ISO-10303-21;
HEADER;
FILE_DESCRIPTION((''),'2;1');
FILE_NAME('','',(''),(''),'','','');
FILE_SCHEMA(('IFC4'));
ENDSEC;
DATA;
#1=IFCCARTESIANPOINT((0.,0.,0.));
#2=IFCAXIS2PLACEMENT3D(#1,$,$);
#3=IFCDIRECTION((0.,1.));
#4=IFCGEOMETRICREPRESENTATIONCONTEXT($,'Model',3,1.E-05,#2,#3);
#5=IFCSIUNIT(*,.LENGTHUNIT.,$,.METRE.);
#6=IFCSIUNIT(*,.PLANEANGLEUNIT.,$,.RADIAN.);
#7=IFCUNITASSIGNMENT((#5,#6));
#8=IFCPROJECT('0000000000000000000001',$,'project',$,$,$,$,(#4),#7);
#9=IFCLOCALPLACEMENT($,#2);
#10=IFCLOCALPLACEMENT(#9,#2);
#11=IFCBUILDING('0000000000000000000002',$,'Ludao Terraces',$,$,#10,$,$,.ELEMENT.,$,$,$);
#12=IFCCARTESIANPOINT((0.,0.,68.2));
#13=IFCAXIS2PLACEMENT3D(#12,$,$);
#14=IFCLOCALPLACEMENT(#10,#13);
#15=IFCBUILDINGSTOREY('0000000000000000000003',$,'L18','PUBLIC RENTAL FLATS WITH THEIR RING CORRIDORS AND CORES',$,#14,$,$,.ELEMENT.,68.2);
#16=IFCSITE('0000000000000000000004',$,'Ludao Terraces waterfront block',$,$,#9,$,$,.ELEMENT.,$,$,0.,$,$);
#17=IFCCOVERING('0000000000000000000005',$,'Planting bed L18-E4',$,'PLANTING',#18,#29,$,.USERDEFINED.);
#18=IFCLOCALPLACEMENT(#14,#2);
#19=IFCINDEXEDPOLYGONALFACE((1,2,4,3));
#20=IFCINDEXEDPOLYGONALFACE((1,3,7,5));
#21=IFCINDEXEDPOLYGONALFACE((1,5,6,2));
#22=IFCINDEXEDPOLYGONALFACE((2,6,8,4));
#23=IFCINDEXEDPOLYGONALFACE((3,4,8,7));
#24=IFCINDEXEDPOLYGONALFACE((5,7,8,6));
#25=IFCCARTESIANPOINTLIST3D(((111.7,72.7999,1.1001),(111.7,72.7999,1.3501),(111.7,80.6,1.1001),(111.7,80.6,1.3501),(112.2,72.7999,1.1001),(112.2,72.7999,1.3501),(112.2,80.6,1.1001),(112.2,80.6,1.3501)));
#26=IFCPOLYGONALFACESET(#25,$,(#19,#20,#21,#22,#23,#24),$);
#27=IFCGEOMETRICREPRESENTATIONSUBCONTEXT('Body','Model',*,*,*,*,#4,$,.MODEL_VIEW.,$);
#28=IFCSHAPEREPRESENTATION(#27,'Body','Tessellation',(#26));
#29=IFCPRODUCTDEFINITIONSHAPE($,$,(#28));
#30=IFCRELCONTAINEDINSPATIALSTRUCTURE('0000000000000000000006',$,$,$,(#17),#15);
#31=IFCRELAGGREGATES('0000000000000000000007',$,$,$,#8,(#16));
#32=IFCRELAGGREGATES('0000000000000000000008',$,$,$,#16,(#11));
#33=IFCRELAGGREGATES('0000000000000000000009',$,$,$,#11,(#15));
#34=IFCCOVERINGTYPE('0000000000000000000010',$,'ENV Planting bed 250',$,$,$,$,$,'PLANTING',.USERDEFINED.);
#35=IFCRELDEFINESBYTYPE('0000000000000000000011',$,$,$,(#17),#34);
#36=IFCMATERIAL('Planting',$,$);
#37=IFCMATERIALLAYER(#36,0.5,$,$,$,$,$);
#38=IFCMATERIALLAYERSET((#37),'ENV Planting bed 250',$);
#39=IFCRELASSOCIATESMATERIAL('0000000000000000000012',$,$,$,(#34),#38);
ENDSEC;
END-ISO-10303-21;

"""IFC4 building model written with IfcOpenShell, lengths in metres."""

from ifc_helpers import new_model, si_unit, direction, frame, origin, origin_2d, place, context, subcontext, project, spatial, rectangle, extrude, material, layer, layer_set, type_object, element, save


model = new_model("IFC4")

# Units and contexts
model_context = context("Model", 3, precision=1e-05, world=origin(), true_north=direction((0.0, 1.0)))
body_context = subcontext(model_context, "Body", "Model", "MODEL_VIEW")
ifc_project = project(units=[si_unit("LENGTHUNIT", "METRE"), si_unit("PLANEANGLEUNIT", "RADIAN")], contexts=[model_context])

# Site, building, storey
site_placement = place(None, origin())
site = spatial("IfcSite", under=ifc_project, at=site_placement, Name="Ludao Terraces waterfront block", CompositionType="ELEMENT", RefElevation=0.0)
building_placement = place(site_placement, origin())
building = spatial("IfcBuilding", under=site, at=building_placement, Name="Ludao Terraces", CompositionType="ELEMENT")
storey_placement = place(building_placement, frame((0.0, 0.0, 68.2)))
storey = spatial("IfcBuildingStorey", under=building, at=storey_placement, Name="L18", Description="PUBLIC RENTAL FLATS WITH THEIR RING CORRIDORS AND CORES", CompositionType="ELEMENT", Elevation=68.2)

# Covering
ifc_material_1 = material(Name="Planting")
ifc_layer_1 = layer(ifc_material_1, 0.5)
ifc_layer_set_1 = layer_set([ifc_layer_1], Name="ENV Planting bed 250")
covering_type = type_object("IfcCoveringType", Name="ENV Planting bed 250", ElementType="PLANTING", PredefinedType="USERDEFINED", material=ifc_layer_set_1)
covering_placement = place(storey_placement, frame((111.95, 76.7, 1.1001), z_axis=(0.0, 0.0, 1.0), x_axis=(1.0, 0.0, 0.0)))
element("IfcCovering", 1, at=covering_placement, inside=storey, type_object=covering_type, Name="Planting bed L18-E4", ObjectType="PLANTING", PredefinedType="USERDEFINED", context=body_context, shape_type="SweptSolid", body=[
    extrude(rectangle(XDim=0.5, YDim=7.8, at=origin_2d()), origin(), (0.0, 0.0, 1.0), 0.25),
])

save(model, "model.ifc")
